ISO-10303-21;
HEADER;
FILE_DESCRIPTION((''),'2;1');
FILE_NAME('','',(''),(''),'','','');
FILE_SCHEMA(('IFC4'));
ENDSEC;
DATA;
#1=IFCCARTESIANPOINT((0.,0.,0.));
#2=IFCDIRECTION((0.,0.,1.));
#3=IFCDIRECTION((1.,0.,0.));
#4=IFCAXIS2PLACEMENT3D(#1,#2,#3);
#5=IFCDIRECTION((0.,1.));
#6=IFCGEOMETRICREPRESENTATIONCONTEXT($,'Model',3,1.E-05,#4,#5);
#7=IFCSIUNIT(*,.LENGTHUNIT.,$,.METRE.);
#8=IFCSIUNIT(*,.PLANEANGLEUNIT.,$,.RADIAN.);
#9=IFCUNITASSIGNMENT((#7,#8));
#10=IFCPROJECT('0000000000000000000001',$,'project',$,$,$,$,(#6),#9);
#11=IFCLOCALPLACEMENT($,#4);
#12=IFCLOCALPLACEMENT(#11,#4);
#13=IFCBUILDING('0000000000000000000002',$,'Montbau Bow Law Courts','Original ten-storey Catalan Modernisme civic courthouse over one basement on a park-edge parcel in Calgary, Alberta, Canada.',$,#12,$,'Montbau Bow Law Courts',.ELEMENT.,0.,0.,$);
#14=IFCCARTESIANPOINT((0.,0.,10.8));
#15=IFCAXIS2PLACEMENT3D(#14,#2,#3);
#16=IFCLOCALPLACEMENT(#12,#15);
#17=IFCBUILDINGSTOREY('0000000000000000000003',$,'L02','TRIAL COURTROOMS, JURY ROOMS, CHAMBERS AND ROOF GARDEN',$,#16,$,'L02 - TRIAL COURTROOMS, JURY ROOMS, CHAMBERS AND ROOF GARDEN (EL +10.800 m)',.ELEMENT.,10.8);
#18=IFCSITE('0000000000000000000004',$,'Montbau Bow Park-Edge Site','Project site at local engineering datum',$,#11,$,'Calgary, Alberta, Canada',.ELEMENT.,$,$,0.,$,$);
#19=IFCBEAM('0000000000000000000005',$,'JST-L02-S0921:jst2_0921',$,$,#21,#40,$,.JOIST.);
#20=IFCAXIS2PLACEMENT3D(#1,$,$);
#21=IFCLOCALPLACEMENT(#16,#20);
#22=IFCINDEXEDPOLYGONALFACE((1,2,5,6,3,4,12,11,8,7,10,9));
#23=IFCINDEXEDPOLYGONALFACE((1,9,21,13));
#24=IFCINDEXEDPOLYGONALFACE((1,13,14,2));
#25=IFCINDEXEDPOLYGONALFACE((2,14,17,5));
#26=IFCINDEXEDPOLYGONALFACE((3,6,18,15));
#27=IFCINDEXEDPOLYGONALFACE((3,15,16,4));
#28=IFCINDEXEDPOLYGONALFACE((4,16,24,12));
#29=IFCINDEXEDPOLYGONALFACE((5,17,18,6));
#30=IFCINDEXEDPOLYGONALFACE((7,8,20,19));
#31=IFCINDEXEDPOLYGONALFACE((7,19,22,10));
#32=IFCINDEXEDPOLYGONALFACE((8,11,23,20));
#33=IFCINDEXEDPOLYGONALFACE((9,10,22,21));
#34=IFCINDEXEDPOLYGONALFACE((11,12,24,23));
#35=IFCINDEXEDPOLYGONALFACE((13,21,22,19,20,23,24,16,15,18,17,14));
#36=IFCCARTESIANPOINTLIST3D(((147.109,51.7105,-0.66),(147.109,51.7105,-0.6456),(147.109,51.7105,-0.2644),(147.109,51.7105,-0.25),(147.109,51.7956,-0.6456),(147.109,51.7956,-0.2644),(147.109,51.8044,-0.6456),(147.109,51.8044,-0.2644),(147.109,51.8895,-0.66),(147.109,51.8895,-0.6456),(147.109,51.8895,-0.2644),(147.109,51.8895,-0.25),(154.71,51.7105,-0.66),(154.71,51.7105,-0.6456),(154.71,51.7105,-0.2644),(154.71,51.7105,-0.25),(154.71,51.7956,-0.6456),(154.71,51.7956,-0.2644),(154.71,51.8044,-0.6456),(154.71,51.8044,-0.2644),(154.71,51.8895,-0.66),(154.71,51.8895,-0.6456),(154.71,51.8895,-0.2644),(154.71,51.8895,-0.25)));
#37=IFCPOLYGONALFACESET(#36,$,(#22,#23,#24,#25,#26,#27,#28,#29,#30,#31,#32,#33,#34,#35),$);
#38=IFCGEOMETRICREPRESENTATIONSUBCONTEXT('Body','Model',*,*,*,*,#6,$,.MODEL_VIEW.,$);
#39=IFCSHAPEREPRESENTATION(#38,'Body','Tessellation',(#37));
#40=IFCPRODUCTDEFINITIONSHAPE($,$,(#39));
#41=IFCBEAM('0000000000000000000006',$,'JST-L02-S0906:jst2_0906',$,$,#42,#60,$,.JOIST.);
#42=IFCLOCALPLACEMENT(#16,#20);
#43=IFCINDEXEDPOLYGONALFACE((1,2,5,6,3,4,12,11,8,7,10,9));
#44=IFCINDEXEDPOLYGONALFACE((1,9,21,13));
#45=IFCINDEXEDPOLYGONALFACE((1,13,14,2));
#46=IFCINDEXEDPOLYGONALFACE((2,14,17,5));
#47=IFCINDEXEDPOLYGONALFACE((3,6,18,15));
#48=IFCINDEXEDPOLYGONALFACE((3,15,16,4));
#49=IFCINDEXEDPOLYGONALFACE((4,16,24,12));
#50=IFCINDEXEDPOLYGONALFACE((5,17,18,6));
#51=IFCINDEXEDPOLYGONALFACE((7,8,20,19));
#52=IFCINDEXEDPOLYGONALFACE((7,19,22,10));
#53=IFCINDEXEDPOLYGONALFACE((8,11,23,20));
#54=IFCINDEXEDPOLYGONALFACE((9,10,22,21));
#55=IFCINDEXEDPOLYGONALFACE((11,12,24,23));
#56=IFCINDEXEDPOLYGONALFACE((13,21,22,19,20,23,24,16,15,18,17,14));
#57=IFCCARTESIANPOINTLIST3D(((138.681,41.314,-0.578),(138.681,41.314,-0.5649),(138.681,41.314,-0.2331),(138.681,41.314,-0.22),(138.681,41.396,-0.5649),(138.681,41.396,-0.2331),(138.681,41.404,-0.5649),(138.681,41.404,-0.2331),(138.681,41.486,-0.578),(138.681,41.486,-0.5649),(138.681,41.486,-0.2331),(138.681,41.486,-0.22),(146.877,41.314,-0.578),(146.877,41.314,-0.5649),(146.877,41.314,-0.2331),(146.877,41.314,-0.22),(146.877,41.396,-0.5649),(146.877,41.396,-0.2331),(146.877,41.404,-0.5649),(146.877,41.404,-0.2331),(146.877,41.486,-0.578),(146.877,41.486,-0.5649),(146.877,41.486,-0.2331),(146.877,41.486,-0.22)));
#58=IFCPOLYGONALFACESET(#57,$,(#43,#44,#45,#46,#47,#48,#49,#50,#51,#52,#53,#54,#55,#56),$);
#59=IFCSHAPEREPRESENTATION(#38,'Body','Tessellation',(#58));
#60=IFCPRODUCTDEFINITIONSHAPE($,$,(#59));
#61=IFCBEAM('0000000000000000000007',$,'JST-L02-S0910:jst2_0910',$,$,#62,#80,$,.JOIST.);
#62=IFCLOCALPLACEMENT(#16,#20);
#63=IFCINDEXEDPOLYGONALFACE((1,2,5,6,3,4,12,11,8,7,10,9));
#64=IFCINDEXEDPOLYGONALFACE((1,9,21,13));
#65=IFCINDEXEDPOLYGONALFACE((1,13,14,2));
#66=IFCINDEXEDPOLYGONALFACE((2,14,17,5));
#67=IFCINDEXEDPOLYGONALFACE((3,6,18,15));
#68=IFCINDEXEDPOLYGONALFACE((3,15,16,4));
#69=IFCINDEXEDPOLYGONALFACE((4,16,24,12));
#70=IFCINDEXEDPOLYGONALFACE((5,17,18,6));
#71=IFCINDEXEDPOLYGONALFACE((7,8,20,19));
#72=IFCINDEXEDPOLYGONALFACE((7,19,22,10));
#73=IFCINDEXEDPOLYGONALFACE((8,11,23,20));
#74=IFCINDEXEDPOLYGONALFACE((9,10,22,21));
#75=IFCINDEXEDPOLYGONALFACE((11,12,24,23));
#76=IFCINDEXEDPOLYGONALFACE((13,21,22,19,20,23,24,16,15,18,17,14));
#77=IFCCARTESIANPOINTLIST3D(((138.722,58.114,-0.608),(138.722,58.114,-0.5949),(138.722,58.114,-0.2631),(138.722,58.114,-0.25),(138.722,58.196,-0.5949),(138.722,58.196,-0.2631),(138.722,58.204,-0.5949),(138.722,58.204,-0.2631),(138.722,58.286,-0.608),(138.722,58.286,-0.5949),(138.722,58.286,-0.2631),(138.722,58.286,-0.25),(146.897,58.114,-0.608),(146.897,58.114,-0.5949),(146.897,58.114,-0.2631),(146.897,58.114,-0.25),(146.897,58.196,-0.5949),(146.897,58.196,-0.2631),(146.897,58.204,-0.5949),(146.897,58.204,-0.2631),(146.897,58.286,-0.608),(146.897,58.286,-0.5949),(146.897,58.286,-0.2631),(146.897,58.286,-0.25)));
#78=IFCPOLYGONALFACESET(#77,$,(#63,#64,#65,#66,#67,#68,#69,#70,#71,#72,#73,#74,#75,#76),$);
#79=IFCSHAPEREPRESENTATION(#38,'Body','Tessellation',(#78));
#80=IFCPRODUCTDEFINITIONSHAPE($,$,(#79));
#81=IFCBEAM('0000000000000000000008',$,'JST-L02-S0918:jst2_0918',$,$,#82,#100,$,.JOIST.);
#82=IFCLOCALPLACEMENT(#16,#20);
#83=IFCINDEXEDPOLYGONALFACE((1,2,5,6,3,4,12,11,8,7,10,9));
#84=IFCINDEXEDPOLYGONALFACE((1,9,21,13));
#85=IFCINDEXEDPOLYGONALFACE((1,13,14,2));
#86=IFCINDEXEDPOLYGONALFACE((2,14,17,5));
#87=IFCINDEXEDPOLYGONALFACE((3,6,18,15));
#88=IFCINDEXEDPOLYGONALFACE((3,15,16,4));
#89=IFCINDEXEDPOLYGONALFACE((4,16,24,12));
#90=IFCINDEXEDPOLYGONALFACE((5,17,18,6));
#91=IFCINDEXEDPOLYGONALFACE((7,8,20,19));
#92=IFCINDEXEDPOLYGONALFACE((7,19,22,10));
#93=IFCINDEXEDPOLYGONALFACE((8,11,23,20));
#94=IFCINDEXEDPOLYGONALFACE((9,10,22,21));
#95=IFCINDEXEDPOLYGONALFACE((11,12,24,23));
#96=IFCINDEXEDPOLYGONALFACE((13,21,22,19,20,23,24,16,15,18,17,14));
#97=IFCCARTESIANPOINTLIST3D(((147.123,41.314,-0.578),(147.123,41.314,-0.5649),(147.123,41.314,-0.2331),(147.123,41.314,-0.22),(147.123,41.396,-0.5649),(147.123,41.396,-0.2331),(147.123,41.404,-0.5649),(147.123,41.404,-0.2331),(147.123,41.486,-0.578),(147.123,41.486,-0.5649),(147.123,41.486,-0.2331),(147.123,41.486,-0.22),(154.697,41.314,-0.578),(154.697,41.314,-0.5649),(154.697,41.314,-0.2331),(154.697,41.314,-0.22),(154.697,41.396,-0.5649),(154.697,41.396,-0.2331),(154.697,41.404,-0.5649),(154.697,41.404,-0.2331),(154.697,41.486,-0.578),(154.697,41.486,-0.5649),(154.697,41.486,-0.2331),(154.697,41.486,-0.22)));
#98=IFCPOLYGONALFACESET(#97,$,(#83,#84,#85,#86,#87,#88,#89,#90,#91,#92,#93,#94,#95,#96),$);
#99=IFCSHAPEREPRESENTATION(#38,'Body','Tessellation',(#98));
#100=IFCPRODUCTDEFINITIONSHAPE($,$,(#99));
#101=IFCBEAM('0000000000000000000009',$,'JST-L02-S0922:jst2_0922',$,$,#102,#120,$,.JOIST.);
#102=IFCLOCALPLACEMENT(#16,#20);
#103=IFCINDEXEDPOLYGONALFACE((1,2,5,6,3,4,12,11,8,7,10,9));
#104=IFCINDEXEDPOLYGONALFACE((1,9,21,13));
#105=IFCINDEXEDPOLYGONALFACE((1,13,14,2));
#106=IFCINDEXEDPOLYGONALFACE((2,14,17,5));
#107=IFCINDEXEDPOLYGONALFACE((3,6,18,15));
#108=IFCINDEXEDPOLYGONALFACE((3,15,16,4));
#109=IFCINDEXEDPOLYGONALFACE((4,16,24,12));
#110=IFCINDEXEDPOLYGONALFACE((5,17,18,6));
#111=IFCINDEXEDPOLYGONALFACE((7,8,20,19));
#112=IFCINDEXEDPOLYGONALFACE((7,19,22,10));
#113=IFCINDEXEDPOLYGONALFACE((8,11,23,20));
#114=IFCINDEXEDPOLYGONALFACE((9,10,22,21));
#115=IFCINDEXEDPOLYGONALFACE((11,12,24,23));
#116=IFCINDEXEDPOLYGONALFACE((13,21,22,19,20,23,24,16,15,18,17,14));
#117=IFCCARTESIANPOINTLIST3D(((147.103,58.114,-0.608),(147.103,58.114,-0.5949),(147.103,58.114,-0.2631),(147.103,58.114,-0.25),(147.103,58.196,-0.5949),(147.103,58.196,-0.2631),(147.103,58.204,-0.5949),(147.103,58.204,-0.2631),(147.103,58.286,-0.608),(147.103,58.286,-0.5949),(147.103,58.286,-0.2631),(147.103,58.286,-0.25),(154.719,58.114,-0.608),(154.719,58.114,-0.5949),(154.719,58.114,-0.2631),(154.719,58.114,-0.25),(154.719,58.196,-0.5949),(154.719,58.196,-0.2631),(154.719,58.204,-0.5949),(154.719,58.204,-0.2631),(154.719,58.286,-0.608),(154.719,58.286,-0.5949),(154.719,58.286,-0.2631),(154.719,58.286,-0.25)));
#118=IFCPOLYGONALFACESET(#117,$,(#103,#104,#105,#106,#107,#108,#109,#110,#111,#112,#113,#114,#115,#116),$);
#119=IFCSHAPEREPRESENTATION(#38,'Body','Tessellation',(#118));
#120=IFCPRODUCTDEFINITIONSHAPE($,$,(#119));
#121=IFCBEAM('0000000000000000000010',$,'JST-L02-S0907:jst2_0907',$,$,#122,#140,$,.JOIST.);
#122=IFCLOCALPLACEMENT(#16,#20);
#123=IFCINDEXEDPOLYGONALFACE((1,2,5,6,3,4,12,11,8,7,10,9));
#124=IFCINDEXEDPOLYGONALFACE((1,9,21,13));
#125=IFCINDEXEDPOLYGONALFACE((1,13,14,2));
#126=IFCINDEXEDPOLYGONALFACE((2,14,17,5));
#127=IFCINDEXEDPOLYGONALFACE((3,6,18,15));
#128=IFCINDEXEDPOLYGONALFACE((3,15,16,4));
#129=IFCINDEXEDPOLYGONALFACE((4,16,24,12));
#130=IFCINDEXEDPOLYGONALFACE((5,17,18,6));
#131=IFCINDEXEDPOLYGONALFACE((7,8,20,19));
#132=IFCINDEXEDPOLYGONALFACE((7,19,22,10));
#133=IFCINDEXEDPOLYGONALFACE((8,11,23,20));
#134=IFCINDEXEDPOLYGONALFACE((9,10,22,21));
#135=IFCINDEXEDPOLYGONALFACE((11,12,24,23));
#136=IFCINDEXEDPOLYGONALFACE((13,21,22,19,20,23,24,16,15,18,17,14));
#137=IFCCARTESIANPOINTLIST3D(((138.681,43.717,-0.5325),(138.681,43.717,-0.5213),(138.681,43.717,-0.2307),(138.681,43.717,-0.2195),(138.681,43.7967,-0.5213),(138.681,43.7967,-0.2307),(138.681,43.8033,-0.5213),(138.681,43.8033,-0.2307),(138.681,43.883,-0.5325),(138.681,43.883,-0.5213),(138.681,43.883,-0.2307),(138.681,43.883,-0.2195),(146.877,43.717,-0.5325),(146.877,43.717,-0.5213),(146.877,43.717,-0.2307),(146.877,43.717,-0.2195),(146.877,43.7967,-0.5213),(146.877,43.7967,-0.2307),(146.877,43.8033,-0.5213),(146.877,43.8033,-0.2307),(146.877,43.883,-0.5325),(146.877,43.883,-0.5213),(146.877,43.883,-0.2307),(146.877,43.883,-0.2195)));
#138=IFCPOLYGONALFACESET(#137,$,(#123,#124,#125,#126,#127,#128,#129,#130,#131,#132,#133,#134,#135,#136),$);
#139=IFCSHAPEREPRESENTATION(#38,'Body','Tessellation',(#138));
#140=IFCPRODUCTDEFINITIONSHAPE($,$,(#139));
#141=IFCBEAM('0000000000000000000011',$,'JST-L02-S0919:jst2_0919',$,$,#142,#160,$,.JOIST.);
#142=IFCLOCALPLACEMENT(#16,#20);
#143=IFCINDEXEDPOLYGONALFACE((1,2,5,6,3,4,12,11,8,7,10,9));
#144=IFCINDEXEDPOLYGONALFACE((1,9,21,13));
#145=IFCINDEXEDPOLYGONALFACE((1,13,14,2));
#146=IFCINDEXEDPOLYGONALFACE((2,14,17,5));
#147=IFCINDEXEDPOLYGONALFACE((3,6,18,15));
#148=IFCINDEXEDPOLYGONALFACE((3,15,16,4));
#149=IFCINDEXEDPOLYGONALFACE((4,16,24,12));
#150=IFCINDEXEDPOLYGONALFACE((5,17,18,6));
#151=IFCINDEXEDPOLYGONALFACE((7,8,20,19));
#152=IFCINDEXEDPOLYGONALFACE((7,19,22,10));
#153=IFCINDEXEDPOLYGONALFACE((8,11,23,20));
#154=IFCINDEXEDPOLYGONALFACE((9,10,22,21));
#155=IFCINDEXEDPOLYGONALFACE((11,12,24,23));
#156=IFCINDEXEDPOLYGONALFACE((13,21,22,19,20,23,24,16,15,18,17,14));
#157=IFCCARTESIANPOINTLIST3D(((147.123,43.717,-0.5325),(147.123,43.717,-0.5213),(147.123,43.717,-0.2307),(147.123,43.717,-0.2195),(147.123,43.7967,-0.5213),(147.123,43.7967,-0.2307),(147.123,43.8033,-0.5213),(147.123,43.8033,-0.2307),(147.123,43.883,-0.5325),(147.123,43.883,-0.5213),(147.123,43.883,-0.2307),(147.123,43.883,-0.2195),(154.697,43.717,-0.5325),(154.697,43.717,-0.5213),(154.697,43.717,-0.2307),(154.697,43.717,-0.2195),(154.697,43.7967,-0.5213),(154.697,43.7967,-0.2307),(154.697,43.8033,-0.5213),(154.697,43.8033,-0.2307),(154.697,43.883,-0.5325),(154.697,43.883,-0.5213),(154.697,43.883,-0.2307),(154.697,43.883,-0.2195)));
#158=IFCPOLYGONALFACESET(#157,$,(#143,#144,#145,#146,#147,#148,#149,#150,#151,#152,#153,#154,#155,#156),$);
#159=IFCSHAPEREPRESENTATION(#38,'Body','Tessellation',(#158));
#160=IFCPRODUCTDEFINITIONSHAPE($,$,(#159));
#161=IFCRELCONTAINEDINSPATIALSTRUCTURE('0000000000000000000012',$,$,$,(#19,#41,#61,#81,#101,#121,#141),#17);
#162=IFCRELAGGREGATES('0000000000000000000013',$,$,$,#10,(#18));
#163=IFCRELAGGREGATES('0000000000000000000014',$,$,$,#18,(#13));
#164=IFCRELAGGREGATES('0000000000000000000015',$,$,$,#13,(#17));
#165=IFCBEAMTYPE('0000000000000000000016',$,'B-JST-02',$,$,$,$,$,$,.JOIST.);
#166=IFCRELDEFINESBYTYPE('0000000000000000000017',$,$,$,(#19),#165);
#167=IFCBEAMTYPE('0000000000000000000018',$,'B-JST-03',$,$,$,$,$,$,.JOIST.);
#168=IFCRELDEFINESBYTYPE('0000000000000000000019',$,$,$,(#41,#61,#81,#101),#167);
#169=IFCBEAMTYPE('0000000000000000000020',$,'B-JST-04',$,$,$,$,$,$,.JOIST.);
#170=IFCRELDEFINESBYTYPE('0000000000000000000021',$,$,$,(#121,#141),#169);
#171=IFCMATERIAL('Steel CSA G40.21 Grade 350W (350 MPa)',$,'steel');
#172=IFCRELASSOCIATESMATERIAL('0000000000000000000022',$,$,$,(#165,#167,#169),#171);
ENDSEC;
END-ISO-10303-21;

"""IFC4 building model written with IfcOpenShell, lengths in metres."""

from ifc_helpers import new_model, si_unit, direction, frame, origin_with_axes, origin_2d_with_axis, place, context, subcontext, project, spatial, i_section, extrude, material, material_profile, profile_set, type_object, element, save


model = new_model("IFC4")

# Units and contexts
model_context = context("Model", 3, precision=1e-05, world=origin_with_axes(), true_north=direction((0.0, 1.0)))
body_context = subcontext(model_context, "Body", "Model", "MODEL_VIEW")
ifc_project = project(units=[si_unit("LENGTHUNIT", "METRE"), si_unit("PLANEANGLEUNIT", "RADIAN")], contexts=[model_context])

# Site, building, storey
site_placement = place(None, origin_with_axes())
site = spatial("IfcSite", under=ifc_project, at=site_placement, Name="Montbau Bow Park-Edge Site", Description="Project site at local engineering datum", LongName="Calgary, Alberta, Canada", CompositionType="ELEMENT", RefElevation=0.0)
building_placement = place(site_placement, origin_with_axes())
building = spatial("IfcBuilding", under=site, at=building_placement, Name="Montbau Bow Law Courts", Description="Original ten-storey Catalan Modernisme civic courthouse over one basement on a park-edge parcel in Calgary, Alberta, Canada.", LongName="Montbau Bow Law Courts", CompositionType="ELEMENT", ElevationOfRefHeight=0.0, ElevationOfTerrain=0.0)
storey_placement = place(building_placement, frame((0.0, 0.0, 10.8), z_axis=(0.0, 0.0, 1.0), x_axis=(1.0, 0.0, 0.0)))
storey = spatial("IfcBuildingStorey", under=building, at=storey_placement, Name="L02", Description="TRIAL COURTROOMS, JURY ROOMS, CHAMBERS AND ROOF GARDEN", LongName="L02 - TRIAL COURTROOMS, JURY ROOMS, CHAMBERS AND ROOF GARDEN (EL +10.800 m)", CompositionType="ELEMENT", Elevation=10.8)

# Shared definitions
ifc_material_1 = material(Name="Steel CSA G40.21 Grade 350W (350 MPa)", Category="steel")

# Beams
ifc_material_profile_1 = material_profile(ifc_material_1, i_section(OverallWidth=0.179, OverallDepth=0.41, WebThickness=0.0088, FlangeThickness=0.0144, at=origin_2d_with_axis()), Name="W410X67", Category="Main", Priority=0)
ifc_profile_set_1 = profile_set([ifc_material_profile_1], Name="Steel CSA G40.21 Grade 350W (350 MPa)")
beam_type_1 = type_object("IfcBeamType", Name="B-JST-02", PredefinedType="JOIST", material=ifc_profile_set_1)
beam_1_placement = place(None, frame((147.109, 51.8, 10.345), z_axis=(1.0, 0.0, 0.0), x_axis=(0.0, 1.0, 0.0)))
element("IfcBeam", 1, at=beam_1_placement, inside=storey, type_object=beam_type_1, Name="JST-L02-S0921:jst2_0921", PredefinedType="JOIST", context=body_context, shape_type="SweptSolid", body=[
    extrude(i_section(OverallWidth=0.179, OverallDepth=0.41, WebThickness=0.0088, FlangeThickness=0.0144, at=origin_2d_with_axis()), origin_with_axes(), (0.0, 0.0, 1.0), 7.601),
])
ifc_material_profile_2 = material_profile(ifc_material_1, i_section(OverallWidth=0.172, OverallDepth=0.358, WebThickness=0.0079, FlangeThickness=0.0131, at=origin_2d_with_axis()), Name="W360X57", Category="Main", Priority=0)
ifc_profile_set_2 = profile_set([ifc_material_profile_2], Name="Steel CSA G40.21 Grade 350W (350 MPa)")
beam_type_2 = type_object("IfcBeamType", Name="B-JST-03", PredefinedType="JOIST", material=ifc_profile_set_2)
beam_2_placement = place(None, frame((138.681, 41.4, 10.401), z_axis=(1.0, 0.0, 0.0), x_axis=(0.0, 1.0, 0.0)))
element("IfcBeam", 2, at=beam_2_placement, inside=storey, type_object=beam_type_2, Name="JST-L02-S0906:jst2_0906", PredefinedType="JOIST", context=body_context, shape_type="SweptSolid", body=[
    extrude(i_section(OverallWidth=0.172, OverallDepth=0.358, WebThickness=0.0079, FlangeThickness=0.0131, at=origin_2d_with_axis()), origin_with_axes(), (0.0, 0.0, 1.0), 8.196),
])
beam_3_placement = place(None, frame((138.722, 58.2, 10.371), z_axis=(1.0, 0.0, 0.0), x_axis=(0.0, 1.0, 0.0)))
element("IfcBeam", 3, at=beam_3_placement, inside=storey, type_object=beam_type_2, Name="JST-L02-S0910:jst2_0910", PredefinedType="JOIST", context=body_context, shape_type="SweptSolid", body=[
    extrude(i_section(OverallWidth=0.172, OverallDepth=0.358, WebThickness=0.0079, FlangeThickness=0.0131, at=origin_2d_with_axis()), origin_with_axes(), (0.0, 0.0, 1.0), 8.175),
])
beam_4_placement = place(None, frame((147.123, 41.4, 10.401), z_axis=(1.0, 0.0, 0.0), x_axis=(0.0, 1.0, 0.0)))
element("IfcBeam", 4, at=beam_4_placement, inside=storey, type_object=beam_type_2, Name="JST-L02-S0918:jst2_0918", PredefinedType="JOIST", context=body_context, shape_type="SweptSolid", body=[
    extrude(i_section(OverallWidth=0.172, OverallDepth=0.358, WebThickness=0.0079, FlangeThickness=0.0131, at=origin_2d_with_axis()), origin_with_axes(), (0.0, 0.0, 1.0), 7.574),
])
beam_5_placement = place(None, frame((147.103, 58.2, 10.371), z_axis=(1.0, 0.0, 0.0), x_axis=(0.0, 1.0, 0.0)))
element("IfcBeam", 5, at=beam_5_placement, inside=storey, type_object=beam_type_2, Name="JST-L02-S0922:jst2_0922", PredefinedType="JOIST", context=body_context, shape_type="SweptSolid", body=[
    extrude(i_section(OverallWidth=0.172, OverallDepth=0.358, WebThickness=0.0079, FlangeThickness=0.0131, at=origin_2d_with_axis()), origin_with_axes(), (0.0, 0.0, 1.0), 7.616),
])
ifc_material_profile_3 = material_profile(ifc_material_1, i_section(OverallWidth=0.166, OverallDepth=0.313, WebThickness=0.0066, FlangeThickness=0.0112, at=origin_2d_with_axis()), Name="W310X45", Category="Main", Priority=0)
ifc_profile_set_3 = profile_set([ifc_material_profile_3], Name="Steel CSA G40.21 Grade 350W (350 MPa)")
beam_type_3 = type_object("IfcBeamType", Name="B-JST-04", PredefinedType="JOIST", material=ifc_profile_set_3)
beam_6_placement = place(None, frame((138.681, 43.8, 10.424), z_axis=(1.0, 0.0, 0.0), x_axis=(0.0, 1.0, 0.0)))
element("IfcBeam", 6, at=beam_6_placement, inside=storey, type_object=beam_type_3, Name="JST-L02-S0907:jst2_0907", PredefinedType="JOIST", context=body_context, shape_type="SweptSolid", body=[
    extrude(i_section(OverallWidth=0.166, OverallDepth=0.313, WebThickness=0.0066, FlangeThickness=0.0112, at=origin_2d_with_axis()), origin_with_axes(), (0.0, 0.0, 1.0), 8.196),
])
beam_7_placement = place(None, frame((147.123, 43.8, 10.424), z_axis=(1.0, 0.0, 0.0), x_axis=(0.0, 1.0, 0.0)))
element("IfcBeam", 7, at=beam_7_placement, inside=storey, type_object=beam_type_3, Name="JST-L02-S0919:jst2_0919", PredefinedType="JOIST", context=body_context, shape_type="SweptSolid", body=[
    extrude(i_section(OverallWidth=0.166, OverallDepth=0.313, WebThickness=0.0066, FlangeThickness=0.0112, at=origin_2d_with_axis()), origin_with_axes(), (0.0, 0.0, 1.0), 7.574),
])

save(model, "model.ifc")
